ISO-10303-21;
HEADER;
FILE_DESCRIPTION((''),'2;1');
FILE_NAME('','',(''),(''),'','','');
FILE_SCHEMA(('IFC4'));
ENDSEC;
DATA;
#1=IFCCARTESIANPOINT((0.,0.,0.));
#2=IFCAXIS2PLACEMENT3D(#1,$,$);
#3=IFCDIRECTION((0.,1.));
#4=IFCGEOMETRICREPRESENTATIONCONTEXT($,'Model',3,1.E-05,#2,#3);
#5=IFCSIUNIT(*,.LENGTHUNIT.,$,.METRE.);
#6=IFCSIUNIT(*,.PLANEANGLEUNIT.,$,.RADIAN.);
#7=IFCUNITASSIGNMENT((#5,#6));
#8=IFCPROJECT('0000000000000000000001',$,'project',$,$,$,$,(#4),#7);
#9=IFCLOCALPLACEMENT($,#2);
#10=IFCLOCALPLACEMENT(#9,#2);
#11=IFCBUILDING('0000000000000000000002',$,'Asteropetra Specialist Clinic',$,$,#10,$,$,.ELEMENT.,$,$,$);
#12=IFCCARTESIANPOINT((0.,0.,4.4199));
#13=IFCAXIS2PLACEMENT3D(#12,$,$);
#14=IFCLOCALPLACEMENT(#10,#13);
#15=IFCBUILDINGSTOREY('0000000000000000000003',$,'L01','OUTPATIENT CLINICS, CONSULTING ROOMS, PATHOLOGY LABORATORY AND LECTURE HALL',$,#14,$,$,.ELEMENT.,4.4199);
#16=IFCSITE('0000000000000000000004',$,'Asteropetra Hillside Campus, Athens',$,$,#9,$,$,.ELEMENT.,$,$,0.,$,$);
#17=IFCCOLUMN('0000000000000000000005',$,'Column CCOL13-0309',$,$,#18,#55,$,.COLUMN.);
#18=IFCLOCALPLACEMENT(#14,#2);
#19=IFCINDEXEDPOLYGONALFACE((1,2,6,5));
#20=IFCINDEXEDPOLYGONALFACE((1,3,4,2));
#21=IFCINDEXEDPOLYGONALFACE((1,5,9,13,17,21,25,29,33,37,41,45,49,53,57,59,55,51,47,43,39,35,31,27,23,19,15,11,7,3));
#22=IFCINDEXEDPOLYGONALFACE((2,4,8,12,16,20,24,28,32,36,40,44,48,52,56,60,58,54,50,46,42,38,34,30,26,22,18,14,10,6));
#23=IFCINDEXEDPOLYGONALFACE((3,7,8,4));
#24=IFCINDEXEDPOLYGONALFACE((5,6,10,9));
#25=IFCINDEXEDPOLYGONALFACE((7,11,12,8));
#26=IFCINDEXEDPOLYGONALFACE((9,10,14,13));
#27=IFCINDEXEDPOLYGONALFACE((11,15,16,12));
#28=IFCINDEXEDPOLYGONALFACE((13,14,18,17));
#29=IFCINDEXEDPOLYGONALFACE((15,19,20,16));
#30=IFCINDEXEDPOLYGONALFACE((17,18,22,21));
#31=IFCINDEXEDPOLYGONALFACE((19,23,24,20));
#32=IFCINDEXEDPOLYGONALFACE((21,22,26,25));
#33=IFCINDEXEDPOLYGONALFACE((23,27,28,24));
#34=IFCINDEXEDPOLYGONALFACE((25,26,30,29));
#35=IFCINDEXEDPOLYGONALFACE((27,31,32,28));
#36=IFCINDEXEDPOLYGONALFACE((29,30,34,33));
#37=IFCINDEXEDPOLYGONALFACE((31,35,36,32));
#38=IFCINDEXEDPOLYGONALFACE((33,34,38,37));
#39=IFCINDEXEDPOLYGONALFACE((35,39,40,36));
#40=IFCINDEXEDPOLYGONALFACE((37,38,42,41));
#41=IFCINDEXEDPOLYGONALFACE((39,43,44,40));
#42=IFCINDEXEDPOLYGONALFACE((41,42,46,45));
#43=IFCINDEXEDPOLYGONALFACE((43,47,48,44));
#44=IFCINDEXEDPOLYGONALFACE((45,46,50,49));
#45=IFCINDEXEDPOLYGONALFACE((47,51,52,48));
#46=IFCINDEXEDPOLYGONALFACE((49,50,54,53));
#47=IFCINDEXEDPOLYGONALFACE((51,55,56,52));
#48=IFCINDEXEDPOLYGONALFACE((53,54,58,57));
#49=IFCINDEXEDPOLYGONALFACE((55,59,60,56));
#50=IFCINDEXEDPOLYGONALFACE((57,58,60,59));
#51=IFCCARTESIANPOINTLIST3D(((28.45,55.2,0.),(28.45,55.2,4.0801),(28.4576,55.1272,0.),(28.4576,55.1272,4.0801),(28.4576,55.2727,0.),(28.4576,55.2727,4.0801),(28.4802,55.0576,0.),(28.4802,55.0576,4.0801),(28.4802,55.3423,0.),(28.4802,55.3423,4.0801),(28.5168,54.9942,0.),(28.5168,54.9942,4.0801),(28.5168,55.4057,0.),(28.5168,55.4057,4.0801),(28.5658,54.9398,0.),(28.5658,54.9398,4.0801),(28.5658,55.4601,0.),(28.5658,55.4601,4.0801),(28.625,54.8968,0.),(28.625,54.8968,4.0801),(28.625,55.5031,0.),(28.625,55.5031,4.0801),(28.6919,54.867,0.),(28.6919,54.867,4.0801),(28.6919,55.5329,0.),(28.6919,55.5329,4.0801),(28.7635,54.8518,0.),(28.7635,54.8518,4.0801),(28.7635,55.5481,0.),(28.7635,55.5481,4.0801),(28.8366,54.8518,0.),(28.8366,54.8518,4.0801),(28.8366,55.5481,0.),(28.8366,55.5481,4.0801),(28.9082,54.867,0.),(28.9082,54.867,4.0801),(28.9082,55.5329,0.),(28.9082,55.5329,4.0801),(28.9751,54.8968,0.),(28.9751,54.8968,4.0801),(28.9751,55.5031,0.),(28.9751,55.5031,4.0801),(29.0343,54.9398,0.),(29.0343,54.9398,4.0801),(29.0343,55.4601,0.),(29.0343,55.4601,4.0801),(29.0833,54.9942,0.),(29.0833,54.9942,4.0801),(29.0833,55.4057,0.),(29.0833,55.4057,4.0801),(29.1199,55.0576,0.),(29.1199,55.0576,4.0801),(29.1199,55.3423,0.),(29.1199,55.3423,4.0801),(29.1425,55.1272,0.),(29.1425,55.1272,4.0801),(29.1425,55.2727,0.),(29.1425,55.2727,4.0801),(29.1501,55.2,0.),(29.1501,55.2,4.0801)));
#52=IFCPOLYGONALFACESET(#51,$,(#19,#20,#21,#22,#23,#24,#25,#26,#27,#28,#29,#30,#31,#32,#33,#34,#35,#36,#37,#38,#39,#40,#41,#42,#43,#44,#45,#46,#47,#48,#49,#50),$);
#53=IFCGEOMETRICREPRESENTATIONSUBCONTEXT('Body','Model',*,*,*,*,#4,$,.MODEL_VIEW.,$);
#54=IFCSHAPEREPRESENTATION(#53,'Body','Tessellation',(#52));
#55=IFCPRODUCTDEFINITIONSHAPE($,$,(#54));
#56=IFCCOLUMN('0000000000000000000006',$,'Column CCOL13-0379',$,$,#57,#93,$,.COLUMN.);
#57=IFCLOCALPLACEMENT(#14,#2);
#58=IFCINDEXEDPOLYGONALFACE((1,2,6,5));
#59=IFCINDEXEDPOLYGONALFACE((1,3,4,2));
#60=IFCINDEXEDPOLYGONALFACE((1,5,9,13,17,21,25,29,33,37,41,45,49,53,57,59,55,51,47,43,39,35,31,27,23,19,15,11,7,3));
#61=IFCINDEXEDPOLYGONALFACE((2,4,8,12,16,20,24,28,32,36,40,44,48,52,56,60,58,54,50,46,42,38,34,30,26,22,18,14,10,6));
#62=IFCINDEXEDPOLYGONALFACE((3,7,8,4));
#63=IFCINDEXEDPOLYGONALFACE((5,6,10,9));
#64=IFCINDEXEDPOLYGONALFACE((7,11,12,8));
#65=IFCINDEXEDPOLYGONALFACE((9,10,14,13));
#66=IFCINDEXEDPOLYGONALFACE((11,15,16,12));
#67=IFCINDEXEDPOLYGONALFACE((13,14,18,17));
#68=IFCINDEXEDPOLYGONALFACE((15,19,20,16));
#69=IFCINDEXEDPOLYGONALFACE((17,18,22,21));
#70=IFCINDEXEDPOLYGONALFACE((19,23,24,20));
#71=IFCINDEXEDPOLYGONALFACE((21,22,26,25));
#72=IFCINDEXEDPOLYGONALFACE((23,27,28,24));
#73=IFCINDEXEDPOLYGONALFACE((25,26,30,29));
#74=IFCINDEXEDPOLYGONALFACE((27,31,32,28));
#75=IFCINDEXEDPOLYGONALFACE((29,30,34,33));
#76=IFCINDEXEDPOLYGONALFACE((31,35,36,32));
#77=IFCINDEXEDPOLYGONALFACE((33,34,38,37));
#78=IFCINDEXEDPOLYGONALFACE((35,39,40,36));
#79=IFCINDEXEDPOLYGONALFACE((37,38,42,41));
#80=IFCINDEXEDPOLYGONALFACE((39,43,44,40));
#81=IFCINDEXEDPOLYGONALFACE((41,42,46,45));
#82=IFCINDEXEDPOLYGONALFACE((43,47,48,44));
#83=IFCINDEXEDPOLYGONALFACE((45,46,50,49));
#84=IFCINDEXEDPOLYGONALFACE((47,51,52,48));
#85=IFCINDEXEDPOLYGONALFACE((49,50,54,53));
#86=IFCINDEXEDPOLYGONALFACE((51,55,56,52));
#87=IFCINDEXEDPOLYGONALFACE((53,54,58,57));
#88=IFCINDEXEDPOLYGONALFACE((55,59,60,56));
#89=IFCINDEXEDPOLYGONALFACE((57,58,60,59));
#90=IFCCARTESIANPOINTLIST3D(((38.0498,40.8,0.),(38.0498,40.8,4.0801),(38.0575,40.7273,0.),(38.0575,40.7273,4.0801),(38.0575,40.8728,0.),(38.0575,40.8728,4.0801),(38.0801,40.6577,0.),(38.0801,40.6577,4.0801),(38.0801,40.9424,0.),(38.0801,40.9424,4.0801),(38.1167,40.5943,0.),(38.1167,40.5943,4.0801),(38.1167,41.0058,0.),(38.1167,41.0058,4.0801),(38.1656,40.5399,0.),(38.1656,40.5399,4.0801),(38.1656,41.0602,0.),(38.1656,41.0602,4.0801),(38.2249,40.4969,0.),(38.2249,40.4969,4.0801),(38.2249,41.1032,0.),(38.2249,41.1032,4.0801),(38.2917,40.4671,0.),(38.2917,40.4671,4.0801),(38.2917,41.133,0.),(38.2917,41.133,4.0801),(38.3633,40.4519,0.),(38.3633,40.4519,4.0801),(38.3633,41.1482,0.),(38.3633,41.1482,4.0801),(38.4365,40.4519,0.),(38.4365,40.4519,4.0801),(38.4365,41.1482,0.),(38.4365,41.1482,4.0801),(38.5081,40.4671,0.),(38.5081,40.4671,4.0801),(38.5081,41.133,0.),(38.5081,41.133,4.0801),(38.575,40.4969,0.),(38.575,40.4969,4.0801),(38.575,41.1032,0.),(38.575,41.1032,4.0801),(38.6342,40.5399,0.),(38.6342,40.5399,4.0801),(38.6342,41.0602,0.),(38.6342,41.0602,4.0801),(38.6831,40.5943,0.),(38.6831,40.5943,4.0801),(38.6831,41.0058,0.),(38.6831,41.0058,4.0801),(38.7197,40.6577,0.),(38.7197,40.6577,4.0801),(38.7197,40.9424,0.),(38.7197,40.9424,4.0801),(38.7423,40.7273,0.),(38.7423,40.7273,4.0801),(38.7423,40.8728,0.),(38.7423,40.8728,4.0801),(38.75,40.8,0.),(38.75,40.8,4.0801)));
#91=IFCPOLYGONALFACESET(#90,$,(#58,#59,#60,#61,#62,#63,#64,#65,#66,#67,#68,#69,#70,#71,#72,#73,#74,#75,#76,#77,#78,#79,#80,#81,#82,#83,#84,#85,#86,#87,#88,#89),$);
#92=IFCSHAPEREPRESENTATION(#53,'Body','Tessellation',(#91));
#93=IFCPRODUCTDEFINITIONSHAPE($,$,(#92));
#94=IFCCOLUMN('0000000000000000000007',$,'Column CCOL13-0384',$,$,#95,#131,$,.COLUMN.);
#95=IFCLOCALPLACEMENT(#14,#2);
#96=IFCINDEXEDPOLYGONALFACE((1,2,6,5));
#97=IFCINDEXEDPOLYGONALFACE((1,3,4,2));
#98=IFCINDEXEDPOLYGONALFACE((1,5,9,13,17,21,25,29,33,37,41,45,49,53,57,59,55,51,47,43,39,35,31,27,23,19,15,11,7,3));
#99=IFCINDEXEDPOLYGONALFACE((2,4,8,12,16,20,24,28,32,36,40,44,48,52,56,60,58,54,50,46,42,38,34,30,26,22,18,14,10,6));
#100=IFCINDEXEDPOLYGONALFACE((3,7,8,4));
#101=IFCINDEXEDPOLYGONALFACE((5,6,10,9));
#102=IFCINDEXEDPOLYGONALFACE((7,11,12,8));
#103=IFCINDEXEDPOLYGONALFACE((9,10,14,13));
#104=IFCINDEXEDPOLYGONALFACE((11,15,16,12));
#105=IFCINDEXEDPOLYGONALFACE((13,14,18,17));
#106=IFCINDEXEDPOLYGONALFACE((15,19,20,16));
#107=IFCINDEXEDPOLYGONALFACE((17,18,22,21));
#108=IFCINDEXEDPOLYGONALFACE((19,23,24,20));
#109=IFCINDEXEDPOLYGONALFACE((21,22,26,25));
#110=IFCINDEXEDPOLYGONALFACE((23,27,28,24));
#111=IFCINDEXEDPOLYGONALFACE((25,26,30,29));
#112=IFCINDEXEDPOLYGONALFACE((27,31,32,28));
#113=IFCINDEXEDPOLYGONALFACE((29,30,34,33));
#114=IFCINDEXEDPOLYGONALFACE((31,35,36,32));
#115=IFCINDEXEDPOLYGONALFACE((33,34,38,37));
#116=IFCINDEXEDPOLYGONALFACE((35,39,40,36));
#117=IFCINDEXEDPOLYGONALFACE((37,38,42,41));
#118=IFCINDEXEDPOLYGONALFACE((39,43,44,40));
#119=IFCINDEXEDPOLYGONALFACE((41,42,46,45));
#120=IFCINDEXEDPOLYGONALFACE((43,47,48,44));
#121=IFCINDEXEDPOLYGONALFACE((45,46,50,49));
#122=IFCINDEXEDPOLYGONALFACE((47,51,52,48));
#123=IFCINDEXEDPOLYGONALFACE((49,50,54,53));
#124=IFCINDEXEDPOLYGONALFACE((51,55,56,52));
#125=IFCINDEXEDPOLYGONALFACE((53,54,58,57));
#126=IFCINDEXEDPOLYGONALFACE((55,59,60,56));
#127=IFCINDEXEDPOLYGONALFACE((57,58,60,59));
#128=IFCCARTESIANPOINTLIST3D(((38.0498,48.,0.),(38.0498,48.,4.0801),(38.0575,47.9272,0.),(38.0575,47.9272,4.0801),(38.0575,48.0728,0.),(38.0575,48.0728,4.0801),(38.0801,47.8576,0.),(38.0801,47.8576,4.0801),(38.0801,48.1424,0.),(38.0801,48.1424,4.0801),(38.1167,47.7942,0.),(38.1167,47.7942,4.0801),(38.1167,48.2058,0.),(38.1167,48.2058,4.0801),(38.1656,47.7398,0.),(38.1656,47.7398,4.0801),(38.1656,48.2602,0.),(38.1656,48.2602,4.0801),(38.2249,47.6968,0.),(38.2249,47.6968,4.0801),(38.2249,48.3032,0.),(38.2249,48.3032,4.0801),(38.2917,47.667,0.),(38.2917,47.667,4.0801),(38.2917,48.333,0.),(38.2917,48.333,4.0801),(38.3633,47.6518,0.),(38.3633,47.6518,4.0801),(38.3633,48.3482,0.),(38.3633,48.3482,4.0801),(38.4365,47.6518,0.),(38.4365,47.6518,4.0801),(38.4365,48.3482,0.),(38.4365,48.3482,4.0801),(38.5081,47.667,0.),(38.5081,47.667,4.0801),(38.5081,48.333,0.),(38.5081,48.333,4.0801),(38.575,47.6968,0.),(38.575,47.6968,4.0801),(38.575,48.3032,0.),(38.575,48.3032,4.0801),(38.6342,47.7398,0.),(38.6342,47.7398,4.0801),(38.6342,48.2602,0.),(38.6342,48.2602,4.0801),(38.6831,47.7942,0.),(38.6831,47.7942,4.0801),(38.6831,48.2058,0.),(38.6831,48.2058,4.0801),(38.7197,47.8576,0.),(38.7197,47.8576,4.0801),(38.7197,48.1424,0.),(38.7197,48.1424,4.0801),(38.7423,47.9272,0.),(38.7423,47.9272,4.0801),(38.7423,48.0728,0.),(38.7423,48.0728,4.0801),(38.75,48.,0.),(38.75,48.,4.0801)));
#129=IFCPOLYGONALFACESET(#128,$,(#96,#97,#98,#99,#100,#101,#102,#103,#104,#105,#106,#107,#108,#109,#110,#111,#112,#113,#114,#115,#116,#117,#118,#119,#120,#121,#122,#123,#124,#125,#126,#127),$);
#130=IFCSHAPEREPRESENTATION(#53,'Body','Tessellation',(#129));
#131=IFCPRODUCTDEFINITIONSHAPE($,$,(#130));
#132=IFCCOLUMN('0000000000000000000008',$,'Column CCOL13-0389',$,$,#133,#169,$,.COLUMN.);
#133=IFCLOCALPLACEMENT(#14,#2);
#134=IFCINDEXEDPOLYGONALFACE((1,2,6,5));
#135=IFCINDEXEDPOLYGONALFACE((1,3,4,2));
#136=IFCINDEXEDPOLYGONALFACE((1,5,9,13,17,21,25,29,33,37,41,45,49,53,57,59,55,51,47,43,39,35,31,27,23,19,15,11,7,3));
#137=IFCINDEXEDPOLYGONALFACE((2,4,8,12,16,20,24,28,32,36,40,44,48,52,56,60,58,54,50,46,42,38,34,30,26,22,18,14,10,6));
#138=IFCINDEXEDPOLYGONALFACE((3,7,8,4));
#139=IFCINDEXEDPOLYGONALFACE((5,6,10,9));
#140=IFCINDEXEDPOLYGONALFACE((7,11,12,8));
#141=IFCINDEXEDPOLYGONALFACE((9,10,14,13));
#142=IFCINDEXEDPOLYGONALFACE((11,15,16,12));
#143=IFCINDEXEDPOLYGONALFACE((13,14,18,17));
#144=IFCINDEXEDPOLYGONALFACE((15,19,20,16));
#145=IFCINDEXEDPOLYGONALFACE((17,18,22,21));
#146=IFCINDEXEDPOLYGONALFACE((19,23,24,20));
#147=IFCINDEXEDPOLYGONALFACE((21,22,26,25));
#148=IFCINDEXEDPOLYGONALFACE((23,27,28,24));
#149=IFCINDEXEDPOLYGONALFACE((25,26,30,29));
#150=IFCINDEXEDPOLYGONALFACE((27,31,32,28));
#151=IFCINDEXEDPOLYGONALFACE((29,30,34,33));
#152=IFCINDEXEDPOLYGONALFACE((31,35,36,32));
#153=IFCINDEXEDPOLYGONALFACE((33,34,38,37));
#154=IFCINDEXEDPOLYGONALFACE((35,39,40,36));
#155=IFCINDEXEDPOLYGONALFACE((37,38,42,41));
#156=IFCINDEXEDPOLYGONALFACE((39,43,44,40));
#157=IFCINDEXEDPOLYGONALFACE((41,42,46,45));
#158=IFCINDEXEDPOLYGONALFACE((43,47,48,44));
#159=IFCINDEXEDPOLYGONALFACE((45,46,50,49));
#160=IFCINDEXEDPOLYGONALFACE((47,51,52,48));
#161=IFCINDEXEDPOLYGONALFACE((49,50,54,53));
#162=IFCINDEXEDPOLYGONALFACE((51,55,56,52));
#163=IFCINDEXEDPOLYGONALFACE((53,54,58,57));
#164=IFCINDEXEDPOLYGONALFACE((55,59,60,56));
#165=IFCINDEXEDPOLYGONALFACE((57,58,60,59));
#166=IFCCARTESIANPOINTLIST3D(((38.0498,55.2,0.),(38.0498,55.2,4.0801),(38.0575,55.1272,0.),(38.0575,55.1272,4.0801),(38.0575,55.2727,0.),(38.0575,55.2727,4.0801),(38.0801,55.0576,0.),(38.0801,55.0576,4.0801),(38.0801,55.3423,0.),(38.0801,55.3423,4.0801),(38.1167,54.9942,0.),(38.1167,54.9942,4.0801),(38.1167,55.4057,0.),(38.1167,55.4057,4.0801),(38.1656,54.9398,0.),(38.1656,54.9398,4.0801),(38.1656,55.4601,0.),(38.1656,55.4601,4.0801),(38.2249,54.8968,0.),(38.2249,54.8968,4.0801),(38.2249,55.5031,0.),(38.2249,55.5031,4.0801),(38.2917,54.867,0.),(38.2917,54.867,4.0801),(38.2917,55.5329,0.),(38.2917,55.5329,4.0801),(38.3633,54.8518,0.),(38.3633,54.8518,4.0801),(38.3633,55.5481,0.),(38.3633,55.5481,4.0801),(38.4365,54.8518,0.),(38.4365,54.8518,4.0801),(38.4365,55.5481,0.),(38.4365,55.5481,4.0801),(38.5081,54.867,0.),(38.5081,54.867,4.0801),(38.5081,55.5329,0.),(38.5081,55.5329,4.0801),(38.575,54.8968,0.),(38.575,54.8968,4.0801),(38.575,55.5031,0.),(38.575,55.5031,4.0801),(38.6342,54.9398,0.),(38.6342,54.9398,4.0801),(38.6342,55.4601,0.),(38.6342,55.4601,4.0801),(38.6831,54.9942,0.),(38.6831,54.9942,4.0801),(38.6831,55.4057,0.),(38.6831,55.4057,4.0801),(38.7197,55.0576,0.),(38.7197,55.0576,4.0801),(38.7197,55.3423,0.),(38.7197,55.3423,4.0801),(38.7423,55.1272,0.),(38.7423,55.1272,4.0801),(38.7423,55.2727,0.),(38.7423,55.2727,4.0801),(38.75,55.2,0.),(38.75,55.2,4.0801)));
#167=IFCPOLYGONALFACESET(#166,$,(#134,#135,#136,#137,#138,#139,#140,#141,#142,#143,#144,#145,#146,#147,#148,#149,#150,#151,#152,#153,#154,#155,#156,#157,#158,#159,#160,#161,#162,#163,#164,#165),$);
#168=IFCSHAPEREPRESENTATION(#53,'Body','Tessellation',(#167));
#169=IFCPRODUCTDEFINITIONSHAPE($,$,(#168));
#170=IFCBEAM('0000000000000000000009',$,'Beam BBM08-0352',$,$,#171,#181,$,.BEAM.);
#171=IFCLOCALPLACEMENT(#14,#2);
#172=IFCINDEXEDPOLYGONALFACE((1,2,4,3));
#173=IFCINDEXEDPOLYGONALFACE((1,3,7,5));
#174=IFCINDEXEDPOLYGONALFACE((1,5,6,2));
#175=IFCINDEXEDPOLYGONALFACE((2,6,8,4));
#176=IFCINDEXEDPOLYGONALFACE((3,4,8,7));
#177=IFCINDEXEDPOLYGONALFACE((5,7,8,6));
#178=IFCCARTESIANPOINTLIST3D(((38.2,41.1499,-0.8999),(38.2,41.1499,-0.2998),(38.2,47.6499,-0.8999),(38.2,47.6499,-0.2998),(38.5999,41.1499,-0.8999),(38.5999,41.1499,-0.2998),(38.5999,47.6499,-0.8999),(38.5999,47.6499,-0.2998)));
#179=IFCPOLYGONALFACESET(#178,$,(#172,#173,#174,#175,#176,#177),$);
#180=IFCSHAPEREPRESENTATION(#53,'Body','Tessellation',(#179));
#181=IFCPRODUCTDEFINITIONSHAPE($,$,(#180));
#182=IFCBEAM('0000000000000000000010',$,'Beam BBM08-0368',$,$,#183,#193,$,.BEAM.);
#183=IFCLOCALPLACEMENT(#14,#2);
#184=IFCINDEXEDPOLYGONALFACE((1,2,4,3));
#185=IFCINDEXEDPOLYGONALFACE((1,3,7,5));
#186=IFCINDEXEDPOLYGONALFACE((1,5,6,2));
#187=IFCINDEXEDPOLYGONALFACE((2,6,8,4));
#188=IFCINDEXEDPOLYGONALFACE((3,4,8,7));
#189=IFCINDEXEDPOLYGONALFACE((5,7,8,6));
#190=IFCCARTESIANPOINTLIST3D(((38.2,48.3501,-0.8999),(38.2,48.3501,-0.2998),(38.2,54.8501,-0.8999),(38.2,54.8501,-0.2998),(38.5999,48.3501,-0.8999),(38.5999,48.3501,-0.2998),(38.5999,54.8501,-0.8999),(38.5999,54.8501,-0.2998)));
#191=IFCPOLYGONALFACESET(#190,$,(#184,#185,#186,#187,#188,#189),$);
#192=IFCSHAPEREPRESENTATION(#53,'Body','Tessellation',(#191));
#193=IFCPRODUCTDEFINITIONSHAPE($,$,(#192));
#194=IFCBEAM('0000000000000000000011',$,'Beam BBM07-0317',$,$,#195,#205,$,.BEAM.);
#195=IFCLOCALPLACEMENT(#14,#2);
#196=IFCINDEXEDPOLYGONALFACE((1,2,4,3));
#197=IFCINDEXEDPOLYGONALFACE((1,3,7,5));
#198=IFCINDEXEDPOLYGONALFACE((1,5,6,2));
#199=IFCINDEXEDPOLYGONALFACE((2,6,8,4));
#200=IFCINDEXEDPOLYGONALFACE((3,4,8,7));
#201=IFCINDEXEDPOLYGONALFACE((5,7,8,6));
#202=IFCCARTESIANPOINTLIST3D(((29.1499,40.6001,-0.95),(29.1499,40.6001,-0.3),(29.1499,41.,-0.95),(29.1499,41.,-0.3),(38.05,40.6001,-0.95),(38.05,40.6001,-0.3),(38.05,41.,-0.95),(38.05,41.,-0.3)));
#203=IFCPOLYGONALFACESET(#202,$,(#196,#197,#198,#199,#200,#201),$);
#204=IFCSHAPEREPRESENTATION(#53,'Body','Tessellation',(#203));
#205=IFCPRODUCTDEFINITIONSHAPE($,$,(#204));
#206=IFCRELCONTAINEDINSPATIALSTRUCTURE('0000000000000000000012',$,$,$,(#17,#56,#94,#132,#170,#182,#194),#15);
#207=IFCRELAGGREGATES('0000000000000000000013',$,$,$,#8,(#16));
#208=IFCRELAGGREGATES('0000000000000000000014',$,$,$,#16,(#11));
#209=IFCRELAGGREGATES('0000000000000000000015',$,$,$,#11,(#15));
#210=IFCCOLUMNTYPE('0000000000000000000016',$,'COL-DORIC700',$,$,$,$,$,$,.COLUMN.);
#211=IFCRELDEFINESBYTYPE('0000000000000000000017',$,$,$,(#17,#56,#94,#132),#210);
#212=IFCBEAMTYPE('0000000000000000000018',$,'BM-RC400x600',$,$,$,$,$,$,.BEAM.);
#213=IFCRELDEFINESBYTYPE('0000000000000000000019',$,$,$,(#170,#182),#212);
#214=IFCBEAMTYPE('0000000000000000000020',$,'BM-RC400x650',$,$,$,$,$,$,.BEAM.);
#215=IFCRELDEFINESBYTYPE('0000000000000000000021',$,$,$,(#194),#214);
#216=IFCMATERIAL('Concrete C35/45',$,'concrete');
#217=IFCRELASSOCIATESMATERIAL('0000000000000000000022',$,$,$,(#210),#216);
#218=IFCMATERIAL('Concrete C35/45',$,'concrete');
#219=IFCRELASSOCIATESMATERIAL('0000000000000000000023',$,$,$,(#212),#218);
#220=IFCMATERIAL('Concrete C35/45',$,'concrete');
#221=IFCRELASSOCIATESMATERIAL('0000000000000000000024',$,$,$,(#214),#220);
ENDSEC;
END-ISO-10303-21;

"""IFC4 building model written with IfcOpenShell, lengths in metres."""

from ifc_helpers import new_model, si_unit, direction, frame, origin, origin_2d, place, context, subcontext, project, spatial, rectangle, circle, extrude, material, material_profile, profile_set, type_object, element, save


model = new_model("IFC4")

# Units and contexts
model_context = context("Model", 3, precision=1e-05, world=origin(), true_north=direction((0.0, 1.0)))
body_context = subcontext(model_context, "Body", "Model", "MODEL_VIEW")
ifc_project = project(units=[si_unit("LENGTHUNIT", "METRE"), si_unit("PLANEANGLEUNIT", "RADIAN")], contexts=[model_context])

# Site, building, storey
site_placement = place(None, origin())
site = spatial("IfcSite", under=ifc_project, at=site_placement, Name="Asteropetra Hillside Campus, Athens", CompositionType="ELEMENT", RefElevation=0.0)
building_placement = place(site_placement, origin())
building = spatial("IfcBuilding", under=site, at=building_placement, Name="Asteropetra Specialist Clinic", CompositionType="ELEMENT")
storey_placement = place(building_placement, frame((0.0, 0.0, 4.4199)))
storey = spatial("IfcBuildingStorey", under=building, at=storey_placement, Name="L01", Description="OUTPATIENT CLINICS, CONSULTING ROOMS, PATHOLOGY LABORATORY AND LECTURE HALL", CompositionType="ELEMENT", Elevation=4.4199)

# Columns
ifc_material_1 = material(Name="Concrete C35/45", Category="concrete")
ifc_material_profile_1 = material_profile(ifc_material_1, circle(Radius=0.3501, at=origin_2d()), Name="RCC D700")
ifc_profile_set_1 = profile_set([ifc_material_profile_1], Name="Concrete C35/45")
column_type = type_object("IfcColumnType", Name="COL-DORIC700", PredefinedType="COLUMN", material=ifc_profile_set_1)
for number, where, z_axis, x_axis, name in (
    (1, (28.8, 55.2, 0.0), (0.0, 0.0, 1.0), (1.0, 0.0, 0.0), "Column CCOL13-0309"),
    (2, (38.3999, 40.8, 0.0), (0.0, 0.0, 1.0), (1.0, 0.0, 0.0), "Column CCOL13-0379"),
    (3, (38.3999, 48.0, 0.0), (0.0, 0.0, 1.0), (1.0, 0.0, 0.0), "Column CCOL13-0384"),
    (4, (38.3999, 55.2, 0.0), (0.0, 0.0, 1.0), (1.0, 0.0, 0.0), "Column CCOL13-0389"),
):
    element("IfcColumn", number, at=place(storey_placement, frame(where, z_axis=z_axis, x_axis=x_axis)), inside=storey, type_object=column_type, Name=name, PredefinedType="COLUMN", context=body_context, shape_type="SweptSolid", body=[
        extrude(circle(Radius=0.3501, at=origin_2d()), origin(), (0.0, 0.0, 1.0), 4.0801),
    ])

# Beams
ifc_material_2 = material(Name="Concrete C35/45", Category="concrete")
ifc_material_profile_2 = material_profile(ifc_material_2, rectangle(XDim=0.3999, YDim=0.6001, at=origin_2d()), Name="RCB 400x600")
ifc_profile_set_2 = profile_set([ifc_material_profile_2], Name="Concrete C35/45")
beam_type_1 = type_object("IfcBeamType", Name="BM-RC400x600", PredefinedType="BEAM", material=ifc_profile_set_2)
for number, where, z_axis, x_axis, name in (
    (5, (38.3999, 41.1499, -0.5999), (0.0, 1.0, 0.0), (-1.0, 0.0, 0.0), "Beam BBM08-0352"),
    (6, (38.3999, 48.3501, -0.5999), (0.0, 1.0, 0.0), (-1.0, 0.0, 0.0), "Beam BBM08-0368"),
):
    element("IfcBeam", number, at=place(storey_placement, frame(where, z_axis=z_axis, x_axis=x_axis)), inside=storey, type_object=beam_type_1, Name=name, PredefinedType="BEAM", context=body_context, shape_type="SweptSolid", body=[
        extrude(rectangle(XDim=0.3999, YDim=0.6001, at=origin_2d()), origin(), (0.0, 0.0, 1.0), 6.5),
    ])
ifc_material_3 = material(Name="Concrete C35/45", Category="concrete")
ifc_material_profile_3 = material_profile(ifc_material_3, rectangle(XDim=0.3999, YDim=0.6499, at=origin_2d()), Name="RCB 400x650")
ifc_profile_set_3 = profile_set([ifc_material_profile_3], Name="Concrete C35/45")
beam_type_2 = type_object("IfcBeamType", Name="BM-RC400x650", PredefinedType="BEAM", material=ifc_profile_set_3)
beam_1_placement = place(storey_placement, frame((29.1499, 40.8, -0.625), z_axis=(1.0, 0.0, 0.0), x_axis=(0.0, 1.0, 0.0)))
element("IfcBeam", 7, at=beam_1_placement, inside=storey, type_object=beam_type_2, Name="Beam BBM07-0317", PredefinedType="BEAM", context=body_context, shape_type="SweptSolid", body=[
    extrude(rectangle(XDim=0.3999, YDim=0.6499, at=origin_2d()), origin(), (0.0, 0.0, 1.0), 8.9001),
])

save(model, "model.ifc")
